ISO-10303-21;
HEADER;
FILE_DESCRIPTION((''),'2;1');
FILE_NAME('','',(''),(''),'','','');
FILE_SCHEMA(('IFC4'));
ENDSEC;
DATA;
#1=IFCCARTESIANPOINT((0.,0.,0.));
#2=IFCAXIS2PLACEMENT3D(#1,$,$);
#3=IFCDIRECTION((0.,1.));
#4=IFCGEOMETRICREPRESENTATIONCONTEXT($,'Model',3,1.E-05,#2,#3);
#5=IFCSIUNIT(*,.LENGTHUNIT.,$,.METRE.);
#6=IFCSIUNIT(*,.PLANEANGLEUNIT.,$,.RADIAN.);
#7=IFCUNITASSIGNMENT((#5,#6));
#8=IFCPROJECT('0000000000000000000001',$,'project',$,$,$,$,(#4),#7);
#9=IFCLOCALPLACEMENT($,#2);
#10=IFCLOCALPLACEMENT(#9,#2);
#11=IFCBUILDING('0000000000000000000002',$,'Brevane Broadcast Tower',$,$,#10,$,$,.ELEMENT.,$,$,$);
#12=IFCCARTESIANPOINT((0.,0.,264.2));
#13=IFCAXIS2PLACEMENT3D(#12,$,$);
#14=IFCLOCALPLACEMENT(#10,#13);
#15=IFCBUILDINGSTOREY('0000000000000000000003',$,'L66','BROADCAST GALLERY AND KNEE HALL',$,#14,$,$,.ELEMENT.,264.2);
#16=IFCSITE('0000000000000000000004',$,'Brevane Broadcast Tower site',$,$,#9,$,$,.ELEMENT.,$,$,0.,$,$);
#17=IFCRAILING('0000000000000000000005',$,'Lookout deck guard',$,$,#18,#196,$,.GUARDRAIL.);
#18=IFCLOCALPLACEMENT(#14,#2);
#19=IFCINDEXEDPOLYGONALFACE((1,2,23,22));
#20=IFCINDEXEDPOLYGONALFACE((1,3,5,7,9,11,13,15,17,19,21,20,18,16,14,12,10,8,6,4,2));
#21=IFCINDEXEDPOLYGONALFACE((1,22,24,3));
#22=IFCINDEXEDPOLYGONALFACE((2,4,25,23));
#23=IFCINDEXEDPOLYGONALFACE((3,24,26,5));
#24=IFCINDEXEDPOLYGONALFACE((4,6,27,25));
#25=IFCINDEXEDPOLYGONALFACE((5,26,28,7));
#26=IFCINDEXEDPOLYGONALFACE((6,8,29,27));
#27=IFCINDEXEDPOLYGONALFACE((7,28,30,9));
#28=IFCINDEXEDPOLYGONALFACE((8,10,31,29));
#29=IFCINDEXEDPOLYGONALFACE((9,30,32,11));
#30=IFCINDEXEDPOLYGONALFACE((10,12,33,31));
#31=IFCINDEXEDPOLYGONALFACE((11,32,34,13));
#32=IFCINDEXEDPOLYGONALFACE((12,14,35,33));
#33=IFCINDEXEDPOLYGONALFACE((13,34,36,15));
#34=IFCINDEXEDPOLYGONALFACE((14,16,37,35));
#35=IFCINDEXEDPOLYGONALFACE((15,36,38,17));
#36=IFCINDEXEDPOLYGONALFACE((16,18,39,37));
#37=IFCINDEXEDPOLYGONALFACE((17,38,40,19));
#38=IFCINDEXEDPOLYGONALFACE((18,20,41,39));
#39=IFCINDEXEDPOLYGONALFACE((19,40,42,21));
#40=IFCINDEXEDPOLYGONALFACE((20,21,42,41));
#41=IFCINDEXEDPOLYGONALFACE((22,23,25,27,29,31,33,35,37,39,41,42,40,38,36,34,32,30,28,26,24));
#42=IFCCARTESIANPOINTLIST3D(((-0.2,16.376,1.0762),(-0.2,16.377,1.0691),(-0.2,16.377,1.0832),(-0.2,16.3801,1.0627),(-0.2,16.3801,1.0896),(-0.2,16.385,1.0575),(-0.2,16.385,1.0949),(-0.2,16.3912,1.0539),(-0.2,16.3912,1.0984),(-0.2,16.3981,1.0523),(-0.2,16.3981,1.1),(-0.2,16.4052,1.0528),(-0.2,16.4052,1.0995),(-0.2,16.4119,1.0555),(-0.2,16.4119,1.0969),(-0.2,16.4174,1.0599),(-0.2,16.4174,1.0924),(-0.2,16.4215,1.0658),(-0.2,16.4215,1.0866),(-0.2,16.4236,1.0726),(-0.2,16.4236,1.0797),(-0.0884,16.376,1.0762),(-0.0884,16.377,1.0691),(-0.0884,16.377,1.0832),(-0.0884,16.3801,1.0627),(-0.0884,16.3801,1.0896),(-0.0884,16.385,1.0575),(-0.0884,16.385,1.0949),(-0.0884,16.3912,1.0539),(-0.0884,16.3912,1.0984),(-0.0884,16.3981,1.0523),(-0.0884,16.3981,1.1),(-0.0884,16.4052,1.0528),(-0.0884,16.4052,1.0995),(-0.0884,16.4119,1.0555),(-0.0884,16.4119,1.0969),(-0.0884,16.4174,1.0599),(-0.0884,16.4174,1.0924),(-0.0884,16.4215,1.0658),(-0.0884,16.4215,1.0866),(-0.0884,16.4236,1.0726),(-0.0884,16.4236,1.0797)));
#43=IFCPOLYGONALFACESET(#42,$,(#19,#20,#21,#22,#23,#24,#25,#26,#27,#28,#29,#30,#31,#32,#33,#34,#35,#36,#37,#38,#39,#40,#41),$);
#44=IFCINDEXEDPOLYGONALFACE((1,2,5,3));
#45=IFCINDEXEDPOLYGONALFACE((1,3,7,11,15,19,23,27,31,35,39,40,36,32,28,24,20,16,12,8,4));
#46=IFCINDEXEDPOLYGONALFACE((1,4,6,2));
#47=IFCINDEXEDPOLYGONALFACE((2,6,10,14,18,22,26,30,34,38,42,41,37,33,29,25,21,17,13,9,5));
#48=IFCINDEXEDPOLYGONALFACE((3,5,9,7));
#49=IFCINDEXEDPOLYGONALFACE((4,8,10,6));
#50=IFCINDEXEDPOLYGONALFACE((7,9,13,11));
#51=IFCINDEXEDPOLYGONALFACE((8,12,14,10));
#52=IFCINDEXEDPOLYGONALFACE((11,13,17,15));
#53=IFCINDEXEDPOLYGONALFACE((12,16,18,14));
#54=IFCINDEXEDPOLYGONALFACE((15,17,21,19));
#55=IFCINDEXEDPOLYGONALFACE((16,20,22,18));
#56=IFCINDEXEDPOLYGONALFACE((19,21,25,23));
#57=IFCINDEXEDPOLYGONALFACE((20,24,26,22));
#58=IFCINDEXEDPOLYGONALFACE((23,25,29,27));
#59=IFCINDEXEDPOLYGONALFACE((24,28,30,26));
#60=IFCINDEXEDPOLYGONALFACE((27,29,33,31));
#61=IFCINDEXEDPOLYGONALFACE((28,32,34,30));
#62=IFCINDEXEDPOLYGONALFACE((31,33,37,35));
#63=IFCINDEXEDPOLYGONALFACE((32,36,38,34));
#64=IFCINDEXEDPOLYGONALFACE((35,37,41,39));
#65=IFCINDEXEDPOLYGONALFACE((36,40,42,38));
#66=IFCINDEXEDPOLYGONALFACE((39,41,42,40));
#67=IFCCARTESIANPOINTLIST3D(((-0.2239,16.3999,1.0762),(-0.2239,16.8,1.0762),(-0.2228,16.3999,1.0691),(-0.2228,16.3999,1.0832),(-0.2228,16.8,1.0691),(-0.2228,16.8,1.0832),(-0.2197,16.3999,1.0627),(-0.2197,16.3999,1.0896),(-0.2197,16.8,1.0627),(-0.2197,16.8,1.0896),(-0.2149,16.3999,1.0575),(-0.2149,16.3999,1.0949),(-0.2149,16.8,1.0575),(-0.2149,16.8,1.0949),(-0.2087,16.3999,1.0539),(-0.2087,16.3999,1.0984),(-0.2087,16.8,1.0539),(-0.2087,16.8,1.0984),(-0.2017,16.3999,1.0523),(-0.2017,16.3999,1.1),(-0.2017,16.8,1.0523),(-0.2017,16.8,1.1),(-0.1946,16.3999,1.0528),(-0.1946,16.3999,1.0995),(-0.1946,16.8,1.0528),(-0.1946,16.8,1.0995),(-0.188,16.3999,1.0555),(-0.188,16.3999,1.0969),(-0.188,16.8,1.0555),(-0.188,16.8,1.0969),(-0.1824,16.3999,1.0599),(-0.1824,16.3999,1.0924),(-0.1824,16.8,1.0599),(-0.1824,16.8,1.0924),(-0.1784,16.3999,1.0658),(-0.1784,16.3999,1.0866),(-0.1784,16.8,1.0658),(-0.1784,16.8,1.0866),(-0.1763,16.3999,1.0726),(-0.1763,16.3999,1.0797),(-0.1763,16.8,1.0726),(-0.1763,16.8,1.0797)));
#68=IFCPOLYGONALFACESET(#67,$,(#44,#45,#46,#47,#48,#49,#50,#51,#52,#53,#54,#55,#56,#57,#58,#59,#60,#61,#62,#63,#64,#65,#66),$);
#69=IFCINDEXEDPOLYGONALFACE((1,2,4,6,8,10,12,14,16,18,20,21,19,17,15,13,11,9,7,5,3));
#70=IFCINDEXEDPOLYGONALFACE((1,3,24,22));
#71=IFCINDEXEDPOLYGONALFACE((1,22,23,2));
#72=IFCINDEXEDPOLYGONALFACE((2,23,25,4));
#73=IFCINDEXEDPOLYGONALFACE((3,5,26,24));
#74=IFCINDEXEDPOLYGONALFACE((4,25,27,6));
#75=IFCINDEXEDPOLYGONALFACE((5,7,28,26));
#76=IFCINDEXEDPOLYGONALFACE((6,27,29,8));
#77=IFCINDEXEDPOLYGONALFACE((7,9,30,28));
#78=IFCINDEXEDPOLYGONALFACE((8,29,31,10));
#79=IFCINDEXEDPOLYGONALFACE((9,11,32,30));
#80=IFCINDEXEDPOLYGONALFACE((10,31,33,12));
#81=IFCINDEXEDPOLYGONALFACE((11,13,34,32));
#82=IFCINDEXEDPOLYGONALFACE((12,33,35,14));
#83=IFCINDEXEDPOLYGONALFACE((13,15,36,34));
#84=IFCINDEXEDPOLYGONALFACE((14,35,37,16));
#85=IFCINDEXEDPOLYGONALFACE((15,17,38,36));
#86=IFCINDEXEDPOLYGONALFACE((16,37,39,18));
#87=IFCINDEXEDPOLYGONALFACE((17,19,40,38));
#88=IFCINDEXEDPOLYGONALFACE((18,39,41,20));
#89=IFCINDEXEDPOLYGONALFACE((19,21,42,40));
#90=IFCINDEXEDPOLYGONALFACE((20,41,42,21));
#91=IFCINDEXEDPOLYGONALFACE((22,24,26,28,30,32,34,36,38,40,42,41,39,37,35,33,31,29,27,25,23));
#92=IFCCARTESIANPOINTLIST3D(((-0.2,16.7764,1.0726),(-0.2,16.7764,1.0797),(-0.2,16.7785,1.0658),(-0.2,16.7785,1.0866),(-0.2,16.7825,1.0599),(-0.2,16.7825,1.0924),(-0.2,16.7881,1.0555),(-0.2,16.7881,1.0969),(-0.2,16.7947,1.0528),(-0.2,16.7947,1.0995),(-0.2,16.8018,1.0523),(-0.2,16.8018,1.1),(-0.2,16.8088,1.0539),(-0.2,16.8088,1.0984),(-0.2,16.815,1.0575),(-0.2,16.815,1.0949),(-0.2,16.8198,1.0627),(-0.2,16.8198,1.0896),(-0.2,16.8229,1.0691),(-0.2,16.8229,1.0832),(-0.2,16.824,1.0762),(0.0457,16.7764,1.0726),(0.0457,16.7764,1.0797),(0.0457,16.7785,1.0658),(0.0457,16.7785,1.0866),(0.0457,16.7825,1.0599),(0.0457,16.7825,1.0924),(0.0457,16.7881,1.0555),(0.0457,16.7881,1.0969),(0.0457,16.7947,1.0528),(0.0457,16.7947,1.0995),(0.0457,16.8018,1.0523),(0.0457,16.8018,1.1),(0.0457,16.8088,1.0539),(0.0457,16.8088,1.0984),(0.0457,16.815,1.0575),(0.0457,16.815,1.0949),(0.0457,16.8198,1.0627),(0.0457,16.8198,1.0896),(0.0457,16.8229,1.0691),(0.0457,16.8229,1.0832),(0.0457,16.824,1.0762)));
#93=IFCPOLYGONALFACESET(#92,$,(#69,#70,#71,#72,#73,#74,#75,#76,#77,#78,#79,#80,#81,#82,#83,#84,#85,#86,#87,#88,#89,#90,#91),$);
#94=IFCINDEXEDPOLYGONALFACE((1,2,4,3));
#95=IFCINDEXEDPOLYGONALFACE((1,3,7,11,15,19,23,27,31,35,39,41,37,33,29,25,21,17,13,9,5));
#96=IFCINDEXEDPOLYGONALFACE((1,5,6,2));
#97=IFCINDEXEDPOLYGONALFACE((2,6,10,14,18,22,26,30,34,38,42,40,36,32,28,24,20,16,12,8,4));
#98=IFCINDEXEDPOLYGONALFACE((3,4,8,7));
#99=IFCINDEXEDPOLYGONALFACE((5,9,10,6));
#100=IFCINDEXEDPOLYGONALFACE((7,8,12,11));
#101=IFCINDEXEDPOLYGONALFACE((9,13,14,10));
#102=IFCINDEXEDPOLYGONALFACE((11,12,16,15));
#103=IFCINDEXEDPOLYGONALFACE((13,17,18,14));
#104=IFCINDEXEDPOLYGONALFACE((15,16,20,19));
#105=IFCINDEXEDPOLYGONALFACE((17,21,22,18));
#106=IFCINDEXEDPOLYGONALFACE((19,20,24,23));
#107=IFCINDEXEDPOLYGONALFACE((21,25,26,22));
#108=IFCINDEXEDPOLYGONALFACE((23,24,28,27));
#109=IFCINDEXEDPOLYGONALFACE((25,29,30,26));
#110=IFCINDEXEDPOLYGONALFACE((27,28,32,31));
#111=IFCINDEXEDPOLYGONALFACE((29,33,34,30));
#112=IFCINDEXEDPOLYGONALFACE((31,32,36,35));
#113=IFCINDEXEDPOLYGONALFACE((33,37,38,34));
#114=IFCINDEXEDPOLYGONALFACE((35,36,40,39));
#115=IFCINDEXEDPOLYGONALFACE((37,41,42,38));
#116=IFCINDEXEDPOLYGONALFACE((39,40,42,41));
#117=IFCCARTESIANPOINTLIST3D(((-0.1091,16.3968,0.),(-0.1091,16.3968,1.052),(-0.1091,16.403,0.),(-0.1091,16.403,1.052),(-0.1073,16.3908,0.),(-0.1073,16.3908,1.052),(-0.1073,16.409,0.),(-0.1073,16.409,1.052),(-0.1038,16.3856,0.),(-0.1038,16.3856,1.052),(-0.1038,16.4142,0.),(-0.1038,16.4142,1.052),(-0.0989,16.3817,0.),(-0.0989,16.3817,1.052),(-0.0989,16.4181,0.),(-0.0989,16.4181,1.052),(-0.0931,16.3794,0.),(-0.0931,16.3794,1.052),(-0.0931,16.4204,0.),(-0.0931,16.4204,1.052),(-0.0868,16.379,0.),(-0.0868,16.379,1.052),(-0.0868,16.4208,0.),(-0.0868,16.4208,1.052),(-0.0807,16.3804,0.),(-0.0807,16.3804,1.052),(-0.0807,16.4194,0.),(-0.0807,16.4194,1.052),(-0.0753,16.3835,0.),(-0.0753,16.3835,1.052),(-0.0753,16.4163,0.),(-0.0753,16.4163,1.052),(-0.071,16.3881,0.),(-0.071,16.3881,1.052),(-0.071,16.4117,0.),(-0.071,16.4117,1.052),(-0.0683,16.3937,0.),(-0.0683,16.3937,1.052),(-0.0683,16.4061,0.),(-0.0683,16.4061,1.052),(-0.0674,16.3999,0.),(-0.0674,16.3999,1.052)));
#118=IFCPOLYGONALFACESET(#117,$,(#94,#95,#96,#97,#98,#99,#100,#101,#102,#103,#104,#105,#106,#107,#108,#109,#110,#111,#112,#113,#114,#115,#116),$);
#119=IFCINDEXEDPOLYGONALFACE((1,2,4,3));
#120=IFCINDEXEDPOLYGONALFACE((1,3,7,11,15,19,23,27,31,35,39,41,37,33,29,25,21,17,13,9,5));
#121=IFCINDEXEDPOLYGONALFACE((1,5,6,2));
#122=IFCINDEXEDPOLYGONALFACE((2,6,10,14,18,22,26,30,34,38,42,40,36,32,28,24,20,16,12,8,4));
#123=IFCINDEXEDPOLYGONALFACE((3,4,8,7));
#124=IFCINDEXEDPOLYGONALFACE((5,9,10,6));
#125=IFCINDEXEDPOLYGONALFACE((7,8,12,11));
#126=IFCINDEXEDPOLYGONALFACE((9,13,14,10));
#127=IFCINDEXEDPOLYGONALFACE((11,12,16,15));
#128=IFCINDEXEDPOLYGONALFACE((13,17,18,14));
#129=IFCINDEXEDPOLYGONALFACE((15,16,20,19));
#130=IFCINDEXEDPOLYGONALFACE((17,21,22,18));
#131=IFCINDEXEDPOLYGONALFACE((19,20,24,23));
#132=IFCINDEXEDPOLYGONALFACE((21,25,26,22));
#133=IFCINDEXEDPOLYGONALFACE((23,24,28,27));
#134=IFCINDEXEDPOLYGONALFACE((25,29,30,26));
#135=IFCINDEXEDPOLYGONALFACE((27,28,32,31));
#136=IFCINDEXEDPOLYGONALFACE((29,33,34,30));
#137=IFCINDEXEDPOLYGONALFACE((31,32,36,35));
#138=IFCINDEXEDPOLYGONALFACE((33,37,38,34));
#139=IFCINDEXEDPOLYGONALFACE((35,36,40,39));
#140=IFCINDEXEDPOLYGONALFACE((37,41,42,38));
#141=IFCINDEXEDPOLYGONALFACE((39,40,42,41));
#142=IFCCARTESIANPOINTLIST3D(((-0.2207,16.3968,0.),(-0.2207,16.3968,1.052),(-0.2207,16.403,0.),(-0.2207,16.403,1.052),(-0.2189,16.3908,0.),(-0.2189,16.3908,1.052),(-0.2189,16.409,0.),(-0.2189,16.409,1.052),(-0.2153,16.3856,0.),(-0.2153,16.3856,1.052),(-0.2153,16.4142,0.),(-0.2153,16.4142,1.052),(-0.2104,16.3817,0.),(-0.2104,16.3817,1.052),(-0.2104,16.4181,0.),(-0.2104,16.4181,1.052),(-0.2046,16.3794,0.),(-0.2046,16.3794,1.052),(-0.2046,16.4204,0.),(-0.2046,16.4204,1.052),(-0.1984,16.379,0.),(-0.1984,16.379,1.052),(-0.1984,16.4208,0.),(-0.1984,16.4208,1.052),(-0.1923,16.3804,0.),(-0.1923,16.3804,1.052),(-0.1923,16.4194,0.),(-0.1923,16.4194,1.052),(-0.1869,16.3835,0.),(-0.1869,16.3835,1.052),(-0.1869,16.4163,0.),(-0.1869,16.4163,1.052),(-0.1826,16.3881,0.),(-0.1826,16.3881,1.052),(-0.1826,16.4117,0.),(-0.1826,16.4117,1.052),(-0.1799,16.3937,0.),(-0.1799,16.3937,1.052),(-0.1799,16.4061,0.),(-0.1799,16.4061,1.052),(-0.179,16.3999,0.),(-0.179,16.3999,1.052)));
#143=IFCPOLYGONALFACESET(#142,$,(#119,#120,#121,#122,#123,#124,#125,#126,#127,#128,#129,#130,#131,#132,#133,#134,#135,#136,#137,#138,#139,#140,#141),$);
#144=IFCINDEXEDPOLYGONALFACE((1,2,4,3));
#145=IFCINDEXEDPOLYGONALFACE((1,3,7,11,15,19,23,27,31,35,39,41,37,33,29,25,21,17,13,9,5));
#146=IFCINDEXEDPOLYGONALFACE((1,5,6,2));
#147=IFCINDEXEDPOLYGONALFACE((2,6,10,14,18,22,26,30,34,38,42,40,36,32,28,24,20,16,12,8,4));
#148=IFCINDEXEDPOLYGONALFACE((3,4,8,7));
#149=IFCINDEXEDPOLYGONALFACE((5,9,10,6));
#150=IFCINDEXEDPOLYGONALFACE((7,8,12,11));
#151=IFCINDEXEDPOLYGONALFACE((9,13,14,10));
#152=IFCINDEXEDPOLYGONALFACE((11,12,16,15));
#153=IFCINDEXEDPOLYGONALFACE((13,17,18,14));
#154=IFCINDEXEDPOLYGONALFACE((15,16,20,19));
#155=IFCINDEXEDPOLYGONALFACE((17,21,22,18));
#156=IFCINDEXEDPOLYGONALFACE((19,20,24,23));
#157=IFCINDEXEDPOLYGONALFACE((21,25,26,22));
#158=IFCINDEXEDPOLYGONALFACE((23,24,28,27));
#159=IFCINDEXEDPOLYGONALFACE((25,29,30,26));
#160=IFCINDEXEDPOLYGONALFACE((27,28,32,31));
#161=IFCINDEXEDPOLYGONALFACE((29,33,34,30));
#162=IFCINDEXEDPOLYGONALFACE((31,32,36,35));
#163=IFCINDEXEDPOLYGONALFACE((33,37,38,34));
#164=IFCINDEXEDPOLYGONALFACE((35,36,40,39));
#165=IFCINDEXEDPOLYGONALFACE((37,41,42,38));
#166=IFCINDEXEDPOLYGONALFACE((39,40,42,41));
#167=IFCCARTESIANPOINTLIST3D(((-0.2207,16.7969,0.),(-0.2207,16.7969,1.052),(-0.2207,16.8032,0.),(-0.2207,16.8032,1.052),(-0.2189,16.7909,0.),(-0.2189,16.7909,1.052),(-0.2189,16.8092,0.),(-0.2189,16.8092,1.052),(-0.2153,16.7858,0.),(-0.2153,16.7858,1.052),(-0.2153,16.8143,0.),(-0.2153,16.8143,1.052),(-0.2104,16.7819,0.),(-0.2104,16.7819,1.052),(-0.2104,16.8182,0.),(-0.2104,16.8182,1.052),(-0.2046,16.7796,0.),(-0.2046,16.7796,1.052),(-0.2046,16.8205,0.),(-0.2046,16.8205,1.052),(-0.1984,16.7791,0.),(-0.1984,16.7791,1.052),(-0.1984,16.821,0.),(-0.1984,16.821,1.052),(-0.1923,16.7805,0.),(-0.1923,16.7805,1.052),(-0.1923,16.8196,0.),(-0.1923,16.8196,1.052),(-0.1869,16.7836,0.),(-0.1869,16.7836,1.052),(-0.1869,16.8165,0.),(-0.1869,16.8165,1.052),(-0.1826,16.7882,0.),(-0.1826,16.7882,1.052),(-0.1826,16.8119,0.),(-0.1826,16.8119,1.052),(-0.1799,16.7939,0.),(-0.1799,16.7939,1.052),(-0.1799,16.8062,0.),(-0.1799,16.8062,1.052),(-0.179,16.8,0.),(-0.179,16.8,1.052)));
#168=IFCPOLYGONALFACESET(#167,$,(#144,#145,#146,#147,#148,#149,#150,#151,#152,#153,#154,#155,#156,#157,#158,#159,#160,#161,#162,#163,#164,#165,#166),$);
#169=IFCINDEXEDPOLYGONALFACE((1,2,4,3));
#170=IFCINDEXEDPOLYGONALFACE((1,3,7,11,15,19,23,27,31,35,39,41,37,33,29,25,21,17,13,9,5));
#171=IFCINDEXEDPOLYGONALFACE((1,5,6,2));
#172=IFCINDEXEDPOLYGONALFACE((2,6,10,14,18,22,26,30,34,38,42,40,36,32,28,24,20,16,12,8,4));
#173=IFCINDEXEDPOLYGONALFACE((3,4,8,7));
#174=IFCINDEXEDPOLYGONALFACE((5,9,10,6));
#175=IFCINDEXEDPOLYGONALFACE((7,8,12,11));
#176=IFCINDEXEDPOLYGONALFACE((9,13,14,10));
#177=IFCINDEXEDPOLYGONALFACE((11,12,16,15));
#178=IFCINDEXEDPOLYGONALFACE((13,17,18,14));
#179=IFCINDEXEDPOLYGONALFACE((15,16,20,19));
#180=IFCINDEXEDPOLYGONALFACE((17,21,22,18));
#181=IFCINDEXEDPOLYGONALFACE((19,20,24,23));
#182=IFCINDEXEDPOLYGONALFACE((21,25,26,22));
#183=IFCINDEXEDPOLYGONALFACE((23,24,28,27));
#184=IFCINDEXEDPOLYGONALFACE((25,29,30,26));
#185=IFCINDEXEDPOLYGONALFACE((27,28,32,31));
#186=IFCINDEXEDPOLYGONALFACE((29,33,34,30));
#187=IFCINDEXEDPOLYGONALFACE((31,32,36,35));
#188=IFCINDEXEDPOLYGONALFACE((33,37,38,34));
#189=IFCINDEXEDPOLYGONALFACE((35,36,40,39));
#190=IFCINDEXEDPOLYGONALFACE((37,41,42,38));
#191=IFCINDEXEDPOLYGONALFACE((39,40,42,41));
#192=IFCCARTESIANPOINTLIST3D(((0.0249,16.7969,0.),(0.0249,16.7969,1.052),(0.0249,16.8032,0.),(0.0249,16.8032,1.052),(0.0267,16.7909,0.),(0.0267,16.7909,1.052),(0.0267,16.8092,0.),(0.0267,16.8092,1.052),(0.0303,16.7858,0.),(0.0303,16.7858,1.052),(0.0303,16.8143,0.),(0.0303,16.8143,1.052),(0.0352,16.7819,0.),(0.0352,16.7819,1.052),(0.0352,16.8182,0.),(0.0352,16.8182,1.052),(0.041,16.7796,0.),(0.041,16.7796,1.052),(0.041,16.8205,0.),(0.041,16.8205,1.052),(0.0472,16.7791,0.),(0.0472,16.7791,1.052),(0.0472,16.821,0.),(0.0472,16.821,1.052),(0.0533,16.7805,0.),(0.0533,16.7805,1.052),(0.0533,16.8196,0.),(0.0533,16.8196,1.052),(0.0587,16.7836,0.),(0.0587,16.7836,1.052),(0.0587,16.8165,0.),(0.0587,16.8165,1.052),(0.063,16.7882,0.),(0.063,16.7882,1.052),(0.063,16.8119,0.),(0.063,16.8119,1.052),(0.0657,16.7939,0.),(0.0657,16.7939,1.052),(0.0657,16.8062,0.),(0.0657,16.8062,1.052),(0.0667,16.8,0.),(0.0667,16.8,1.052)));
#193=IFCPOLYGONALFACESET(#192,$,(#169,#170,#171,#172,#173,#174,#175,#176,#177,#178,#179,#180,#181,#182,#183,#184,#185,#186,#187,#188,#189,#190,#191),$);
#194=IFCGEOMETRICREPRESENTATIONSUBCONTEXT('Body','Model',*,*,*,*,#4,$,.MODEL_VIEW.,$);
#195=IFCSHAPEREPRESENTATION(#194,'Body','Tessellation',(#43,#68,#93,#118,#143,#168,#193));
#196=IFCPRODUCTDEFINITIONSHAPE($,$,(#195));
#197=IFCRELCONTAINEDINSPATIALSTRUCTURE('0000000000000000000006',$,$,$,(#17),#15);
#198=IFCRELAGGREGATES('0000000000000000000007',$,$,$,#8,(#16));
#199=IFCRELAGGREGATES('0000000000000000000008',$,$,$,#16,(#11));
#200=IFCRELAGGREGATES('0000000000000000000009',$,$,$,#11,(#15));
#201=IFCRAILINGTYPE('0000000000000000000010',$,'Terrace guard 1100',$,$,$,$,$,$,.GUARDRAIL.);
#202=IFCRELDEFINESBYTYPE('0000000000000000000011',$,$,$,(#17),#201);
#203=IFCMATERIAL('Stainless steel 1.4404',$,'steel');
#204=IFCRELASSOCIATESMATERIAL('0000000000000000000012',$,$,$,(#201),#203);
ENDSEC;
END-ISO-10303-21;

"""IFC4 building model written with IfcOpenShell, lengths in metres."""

from ifc_helpers import new_model, si_unit, direction, frame, origin, origin_2d, place, context, subcontext, project, spatial, circle, extrude, material, type_object, element, save


model = new_model("IFC4")

# Units and contexts
model_context = context("Model", 3, precision=1e-05, world=origin(), true_north=direction((0.0, 1.0)))
body_context = subcontext(model_context, "Body", "Model", "MODEL_VIEW")
ifc_project = project(units=[si_unit("LENGTHUNIT", "METRE"), si_unit("PLANEANGLEUNIT", "RADIAN")], contexts=[model_context])

# Site, building, storey
site_placement = place(None, origin())
site = spatial("IfcSite", under=ifc_project, at=site_placement, Name="Brevane Broadcast Tower site", CompositionType="ELEMENT", RefElevation=0.0)
building_placement = place(site_placement, origin())
building = spatial("IfcBuilding", under=site, at=building_placement, Name="Brevane Broadcast Tower", CompositionType="ELEMENT")
storey_placement = place(building_placement, frame((0.0, 0.0, 264.2)))
storey = spatial("IfcBuildingStorey", under=building, at=storey_placement, Name="L66", Description="BROADCAST GALLERY AND KNEE HALL", CompositionType="ELEMENT", Elevation=264.2)

# Railing
ifc_material_1 = material(Name="Stainless steel 1.4404", Category="steel")
railing_type_1 = type_object("IfcRailingType", Name="Terrace guard 1100", PredefinedType="GUARDRAIL", material=ifc_material_1)
railing_1_placement = place(storey_placement, frame((-0.0884, 16.3999, 0.0)))
element("IfcRailing", 1, at=railing_1_placement, inside=storey, type_object=railing_type_1, Name="Lookout deck guard", PredefinedType="GUARDRAIL", context=body_context, shape_type="SweptSolid", body=[
    extrude(circle(Radius=0.0239, at=origin_2d()), frame((0.0, 0.0, 1.0762), z_axis=(-1.0, 0.0, 0.0), x_axis=(0.0, -1.0, 0.0)), (0.0, 0.0, 1.0), 0.1116),
    extrude(circle(Radius=0.0239, at=origin_2d()), frame((-0.1116, 0.0, 1.0762), z_axis=(0.0, 1.0, 0.0), x_axis=(-1.0, 0.0, 0.0)), (0.0, 0.0, 1.0), 0.4001),
    extrude(circle(Radius=0.0239, at=origin_2d()), frame((-0.1116, 0.4001, 1.0762), z_axis=(1.0, 0.0, 0.0), x_axis=(0.0, 1.0, 0.0)), (0.0, 0.0, 1.0), 0.2456),
    extrude(circle(Radius=0.021, at=origin_2d()), origin(), (0.0, 0.0, 1.0), 1.052),
    extrude(circle(Radius=0.021, at=origin_2d()), frame((-0.1116, 0.0, 0.0)), (0.0, 0.0, 1.0), 1.052),
    extrude(circle(Radius=0.021, at=origin_2d()), frame((-0.1116, 0.4001, 0.0)), (0.0, 0.0, 1.0), 1.052),
    extrude(circle(Radius=0.021, at=origin_2d()), frame((0.134, 0.4001, 0.0)), (0.0, 0.0, 1.0), 1.052),
])

save(model, "model.ifc")
